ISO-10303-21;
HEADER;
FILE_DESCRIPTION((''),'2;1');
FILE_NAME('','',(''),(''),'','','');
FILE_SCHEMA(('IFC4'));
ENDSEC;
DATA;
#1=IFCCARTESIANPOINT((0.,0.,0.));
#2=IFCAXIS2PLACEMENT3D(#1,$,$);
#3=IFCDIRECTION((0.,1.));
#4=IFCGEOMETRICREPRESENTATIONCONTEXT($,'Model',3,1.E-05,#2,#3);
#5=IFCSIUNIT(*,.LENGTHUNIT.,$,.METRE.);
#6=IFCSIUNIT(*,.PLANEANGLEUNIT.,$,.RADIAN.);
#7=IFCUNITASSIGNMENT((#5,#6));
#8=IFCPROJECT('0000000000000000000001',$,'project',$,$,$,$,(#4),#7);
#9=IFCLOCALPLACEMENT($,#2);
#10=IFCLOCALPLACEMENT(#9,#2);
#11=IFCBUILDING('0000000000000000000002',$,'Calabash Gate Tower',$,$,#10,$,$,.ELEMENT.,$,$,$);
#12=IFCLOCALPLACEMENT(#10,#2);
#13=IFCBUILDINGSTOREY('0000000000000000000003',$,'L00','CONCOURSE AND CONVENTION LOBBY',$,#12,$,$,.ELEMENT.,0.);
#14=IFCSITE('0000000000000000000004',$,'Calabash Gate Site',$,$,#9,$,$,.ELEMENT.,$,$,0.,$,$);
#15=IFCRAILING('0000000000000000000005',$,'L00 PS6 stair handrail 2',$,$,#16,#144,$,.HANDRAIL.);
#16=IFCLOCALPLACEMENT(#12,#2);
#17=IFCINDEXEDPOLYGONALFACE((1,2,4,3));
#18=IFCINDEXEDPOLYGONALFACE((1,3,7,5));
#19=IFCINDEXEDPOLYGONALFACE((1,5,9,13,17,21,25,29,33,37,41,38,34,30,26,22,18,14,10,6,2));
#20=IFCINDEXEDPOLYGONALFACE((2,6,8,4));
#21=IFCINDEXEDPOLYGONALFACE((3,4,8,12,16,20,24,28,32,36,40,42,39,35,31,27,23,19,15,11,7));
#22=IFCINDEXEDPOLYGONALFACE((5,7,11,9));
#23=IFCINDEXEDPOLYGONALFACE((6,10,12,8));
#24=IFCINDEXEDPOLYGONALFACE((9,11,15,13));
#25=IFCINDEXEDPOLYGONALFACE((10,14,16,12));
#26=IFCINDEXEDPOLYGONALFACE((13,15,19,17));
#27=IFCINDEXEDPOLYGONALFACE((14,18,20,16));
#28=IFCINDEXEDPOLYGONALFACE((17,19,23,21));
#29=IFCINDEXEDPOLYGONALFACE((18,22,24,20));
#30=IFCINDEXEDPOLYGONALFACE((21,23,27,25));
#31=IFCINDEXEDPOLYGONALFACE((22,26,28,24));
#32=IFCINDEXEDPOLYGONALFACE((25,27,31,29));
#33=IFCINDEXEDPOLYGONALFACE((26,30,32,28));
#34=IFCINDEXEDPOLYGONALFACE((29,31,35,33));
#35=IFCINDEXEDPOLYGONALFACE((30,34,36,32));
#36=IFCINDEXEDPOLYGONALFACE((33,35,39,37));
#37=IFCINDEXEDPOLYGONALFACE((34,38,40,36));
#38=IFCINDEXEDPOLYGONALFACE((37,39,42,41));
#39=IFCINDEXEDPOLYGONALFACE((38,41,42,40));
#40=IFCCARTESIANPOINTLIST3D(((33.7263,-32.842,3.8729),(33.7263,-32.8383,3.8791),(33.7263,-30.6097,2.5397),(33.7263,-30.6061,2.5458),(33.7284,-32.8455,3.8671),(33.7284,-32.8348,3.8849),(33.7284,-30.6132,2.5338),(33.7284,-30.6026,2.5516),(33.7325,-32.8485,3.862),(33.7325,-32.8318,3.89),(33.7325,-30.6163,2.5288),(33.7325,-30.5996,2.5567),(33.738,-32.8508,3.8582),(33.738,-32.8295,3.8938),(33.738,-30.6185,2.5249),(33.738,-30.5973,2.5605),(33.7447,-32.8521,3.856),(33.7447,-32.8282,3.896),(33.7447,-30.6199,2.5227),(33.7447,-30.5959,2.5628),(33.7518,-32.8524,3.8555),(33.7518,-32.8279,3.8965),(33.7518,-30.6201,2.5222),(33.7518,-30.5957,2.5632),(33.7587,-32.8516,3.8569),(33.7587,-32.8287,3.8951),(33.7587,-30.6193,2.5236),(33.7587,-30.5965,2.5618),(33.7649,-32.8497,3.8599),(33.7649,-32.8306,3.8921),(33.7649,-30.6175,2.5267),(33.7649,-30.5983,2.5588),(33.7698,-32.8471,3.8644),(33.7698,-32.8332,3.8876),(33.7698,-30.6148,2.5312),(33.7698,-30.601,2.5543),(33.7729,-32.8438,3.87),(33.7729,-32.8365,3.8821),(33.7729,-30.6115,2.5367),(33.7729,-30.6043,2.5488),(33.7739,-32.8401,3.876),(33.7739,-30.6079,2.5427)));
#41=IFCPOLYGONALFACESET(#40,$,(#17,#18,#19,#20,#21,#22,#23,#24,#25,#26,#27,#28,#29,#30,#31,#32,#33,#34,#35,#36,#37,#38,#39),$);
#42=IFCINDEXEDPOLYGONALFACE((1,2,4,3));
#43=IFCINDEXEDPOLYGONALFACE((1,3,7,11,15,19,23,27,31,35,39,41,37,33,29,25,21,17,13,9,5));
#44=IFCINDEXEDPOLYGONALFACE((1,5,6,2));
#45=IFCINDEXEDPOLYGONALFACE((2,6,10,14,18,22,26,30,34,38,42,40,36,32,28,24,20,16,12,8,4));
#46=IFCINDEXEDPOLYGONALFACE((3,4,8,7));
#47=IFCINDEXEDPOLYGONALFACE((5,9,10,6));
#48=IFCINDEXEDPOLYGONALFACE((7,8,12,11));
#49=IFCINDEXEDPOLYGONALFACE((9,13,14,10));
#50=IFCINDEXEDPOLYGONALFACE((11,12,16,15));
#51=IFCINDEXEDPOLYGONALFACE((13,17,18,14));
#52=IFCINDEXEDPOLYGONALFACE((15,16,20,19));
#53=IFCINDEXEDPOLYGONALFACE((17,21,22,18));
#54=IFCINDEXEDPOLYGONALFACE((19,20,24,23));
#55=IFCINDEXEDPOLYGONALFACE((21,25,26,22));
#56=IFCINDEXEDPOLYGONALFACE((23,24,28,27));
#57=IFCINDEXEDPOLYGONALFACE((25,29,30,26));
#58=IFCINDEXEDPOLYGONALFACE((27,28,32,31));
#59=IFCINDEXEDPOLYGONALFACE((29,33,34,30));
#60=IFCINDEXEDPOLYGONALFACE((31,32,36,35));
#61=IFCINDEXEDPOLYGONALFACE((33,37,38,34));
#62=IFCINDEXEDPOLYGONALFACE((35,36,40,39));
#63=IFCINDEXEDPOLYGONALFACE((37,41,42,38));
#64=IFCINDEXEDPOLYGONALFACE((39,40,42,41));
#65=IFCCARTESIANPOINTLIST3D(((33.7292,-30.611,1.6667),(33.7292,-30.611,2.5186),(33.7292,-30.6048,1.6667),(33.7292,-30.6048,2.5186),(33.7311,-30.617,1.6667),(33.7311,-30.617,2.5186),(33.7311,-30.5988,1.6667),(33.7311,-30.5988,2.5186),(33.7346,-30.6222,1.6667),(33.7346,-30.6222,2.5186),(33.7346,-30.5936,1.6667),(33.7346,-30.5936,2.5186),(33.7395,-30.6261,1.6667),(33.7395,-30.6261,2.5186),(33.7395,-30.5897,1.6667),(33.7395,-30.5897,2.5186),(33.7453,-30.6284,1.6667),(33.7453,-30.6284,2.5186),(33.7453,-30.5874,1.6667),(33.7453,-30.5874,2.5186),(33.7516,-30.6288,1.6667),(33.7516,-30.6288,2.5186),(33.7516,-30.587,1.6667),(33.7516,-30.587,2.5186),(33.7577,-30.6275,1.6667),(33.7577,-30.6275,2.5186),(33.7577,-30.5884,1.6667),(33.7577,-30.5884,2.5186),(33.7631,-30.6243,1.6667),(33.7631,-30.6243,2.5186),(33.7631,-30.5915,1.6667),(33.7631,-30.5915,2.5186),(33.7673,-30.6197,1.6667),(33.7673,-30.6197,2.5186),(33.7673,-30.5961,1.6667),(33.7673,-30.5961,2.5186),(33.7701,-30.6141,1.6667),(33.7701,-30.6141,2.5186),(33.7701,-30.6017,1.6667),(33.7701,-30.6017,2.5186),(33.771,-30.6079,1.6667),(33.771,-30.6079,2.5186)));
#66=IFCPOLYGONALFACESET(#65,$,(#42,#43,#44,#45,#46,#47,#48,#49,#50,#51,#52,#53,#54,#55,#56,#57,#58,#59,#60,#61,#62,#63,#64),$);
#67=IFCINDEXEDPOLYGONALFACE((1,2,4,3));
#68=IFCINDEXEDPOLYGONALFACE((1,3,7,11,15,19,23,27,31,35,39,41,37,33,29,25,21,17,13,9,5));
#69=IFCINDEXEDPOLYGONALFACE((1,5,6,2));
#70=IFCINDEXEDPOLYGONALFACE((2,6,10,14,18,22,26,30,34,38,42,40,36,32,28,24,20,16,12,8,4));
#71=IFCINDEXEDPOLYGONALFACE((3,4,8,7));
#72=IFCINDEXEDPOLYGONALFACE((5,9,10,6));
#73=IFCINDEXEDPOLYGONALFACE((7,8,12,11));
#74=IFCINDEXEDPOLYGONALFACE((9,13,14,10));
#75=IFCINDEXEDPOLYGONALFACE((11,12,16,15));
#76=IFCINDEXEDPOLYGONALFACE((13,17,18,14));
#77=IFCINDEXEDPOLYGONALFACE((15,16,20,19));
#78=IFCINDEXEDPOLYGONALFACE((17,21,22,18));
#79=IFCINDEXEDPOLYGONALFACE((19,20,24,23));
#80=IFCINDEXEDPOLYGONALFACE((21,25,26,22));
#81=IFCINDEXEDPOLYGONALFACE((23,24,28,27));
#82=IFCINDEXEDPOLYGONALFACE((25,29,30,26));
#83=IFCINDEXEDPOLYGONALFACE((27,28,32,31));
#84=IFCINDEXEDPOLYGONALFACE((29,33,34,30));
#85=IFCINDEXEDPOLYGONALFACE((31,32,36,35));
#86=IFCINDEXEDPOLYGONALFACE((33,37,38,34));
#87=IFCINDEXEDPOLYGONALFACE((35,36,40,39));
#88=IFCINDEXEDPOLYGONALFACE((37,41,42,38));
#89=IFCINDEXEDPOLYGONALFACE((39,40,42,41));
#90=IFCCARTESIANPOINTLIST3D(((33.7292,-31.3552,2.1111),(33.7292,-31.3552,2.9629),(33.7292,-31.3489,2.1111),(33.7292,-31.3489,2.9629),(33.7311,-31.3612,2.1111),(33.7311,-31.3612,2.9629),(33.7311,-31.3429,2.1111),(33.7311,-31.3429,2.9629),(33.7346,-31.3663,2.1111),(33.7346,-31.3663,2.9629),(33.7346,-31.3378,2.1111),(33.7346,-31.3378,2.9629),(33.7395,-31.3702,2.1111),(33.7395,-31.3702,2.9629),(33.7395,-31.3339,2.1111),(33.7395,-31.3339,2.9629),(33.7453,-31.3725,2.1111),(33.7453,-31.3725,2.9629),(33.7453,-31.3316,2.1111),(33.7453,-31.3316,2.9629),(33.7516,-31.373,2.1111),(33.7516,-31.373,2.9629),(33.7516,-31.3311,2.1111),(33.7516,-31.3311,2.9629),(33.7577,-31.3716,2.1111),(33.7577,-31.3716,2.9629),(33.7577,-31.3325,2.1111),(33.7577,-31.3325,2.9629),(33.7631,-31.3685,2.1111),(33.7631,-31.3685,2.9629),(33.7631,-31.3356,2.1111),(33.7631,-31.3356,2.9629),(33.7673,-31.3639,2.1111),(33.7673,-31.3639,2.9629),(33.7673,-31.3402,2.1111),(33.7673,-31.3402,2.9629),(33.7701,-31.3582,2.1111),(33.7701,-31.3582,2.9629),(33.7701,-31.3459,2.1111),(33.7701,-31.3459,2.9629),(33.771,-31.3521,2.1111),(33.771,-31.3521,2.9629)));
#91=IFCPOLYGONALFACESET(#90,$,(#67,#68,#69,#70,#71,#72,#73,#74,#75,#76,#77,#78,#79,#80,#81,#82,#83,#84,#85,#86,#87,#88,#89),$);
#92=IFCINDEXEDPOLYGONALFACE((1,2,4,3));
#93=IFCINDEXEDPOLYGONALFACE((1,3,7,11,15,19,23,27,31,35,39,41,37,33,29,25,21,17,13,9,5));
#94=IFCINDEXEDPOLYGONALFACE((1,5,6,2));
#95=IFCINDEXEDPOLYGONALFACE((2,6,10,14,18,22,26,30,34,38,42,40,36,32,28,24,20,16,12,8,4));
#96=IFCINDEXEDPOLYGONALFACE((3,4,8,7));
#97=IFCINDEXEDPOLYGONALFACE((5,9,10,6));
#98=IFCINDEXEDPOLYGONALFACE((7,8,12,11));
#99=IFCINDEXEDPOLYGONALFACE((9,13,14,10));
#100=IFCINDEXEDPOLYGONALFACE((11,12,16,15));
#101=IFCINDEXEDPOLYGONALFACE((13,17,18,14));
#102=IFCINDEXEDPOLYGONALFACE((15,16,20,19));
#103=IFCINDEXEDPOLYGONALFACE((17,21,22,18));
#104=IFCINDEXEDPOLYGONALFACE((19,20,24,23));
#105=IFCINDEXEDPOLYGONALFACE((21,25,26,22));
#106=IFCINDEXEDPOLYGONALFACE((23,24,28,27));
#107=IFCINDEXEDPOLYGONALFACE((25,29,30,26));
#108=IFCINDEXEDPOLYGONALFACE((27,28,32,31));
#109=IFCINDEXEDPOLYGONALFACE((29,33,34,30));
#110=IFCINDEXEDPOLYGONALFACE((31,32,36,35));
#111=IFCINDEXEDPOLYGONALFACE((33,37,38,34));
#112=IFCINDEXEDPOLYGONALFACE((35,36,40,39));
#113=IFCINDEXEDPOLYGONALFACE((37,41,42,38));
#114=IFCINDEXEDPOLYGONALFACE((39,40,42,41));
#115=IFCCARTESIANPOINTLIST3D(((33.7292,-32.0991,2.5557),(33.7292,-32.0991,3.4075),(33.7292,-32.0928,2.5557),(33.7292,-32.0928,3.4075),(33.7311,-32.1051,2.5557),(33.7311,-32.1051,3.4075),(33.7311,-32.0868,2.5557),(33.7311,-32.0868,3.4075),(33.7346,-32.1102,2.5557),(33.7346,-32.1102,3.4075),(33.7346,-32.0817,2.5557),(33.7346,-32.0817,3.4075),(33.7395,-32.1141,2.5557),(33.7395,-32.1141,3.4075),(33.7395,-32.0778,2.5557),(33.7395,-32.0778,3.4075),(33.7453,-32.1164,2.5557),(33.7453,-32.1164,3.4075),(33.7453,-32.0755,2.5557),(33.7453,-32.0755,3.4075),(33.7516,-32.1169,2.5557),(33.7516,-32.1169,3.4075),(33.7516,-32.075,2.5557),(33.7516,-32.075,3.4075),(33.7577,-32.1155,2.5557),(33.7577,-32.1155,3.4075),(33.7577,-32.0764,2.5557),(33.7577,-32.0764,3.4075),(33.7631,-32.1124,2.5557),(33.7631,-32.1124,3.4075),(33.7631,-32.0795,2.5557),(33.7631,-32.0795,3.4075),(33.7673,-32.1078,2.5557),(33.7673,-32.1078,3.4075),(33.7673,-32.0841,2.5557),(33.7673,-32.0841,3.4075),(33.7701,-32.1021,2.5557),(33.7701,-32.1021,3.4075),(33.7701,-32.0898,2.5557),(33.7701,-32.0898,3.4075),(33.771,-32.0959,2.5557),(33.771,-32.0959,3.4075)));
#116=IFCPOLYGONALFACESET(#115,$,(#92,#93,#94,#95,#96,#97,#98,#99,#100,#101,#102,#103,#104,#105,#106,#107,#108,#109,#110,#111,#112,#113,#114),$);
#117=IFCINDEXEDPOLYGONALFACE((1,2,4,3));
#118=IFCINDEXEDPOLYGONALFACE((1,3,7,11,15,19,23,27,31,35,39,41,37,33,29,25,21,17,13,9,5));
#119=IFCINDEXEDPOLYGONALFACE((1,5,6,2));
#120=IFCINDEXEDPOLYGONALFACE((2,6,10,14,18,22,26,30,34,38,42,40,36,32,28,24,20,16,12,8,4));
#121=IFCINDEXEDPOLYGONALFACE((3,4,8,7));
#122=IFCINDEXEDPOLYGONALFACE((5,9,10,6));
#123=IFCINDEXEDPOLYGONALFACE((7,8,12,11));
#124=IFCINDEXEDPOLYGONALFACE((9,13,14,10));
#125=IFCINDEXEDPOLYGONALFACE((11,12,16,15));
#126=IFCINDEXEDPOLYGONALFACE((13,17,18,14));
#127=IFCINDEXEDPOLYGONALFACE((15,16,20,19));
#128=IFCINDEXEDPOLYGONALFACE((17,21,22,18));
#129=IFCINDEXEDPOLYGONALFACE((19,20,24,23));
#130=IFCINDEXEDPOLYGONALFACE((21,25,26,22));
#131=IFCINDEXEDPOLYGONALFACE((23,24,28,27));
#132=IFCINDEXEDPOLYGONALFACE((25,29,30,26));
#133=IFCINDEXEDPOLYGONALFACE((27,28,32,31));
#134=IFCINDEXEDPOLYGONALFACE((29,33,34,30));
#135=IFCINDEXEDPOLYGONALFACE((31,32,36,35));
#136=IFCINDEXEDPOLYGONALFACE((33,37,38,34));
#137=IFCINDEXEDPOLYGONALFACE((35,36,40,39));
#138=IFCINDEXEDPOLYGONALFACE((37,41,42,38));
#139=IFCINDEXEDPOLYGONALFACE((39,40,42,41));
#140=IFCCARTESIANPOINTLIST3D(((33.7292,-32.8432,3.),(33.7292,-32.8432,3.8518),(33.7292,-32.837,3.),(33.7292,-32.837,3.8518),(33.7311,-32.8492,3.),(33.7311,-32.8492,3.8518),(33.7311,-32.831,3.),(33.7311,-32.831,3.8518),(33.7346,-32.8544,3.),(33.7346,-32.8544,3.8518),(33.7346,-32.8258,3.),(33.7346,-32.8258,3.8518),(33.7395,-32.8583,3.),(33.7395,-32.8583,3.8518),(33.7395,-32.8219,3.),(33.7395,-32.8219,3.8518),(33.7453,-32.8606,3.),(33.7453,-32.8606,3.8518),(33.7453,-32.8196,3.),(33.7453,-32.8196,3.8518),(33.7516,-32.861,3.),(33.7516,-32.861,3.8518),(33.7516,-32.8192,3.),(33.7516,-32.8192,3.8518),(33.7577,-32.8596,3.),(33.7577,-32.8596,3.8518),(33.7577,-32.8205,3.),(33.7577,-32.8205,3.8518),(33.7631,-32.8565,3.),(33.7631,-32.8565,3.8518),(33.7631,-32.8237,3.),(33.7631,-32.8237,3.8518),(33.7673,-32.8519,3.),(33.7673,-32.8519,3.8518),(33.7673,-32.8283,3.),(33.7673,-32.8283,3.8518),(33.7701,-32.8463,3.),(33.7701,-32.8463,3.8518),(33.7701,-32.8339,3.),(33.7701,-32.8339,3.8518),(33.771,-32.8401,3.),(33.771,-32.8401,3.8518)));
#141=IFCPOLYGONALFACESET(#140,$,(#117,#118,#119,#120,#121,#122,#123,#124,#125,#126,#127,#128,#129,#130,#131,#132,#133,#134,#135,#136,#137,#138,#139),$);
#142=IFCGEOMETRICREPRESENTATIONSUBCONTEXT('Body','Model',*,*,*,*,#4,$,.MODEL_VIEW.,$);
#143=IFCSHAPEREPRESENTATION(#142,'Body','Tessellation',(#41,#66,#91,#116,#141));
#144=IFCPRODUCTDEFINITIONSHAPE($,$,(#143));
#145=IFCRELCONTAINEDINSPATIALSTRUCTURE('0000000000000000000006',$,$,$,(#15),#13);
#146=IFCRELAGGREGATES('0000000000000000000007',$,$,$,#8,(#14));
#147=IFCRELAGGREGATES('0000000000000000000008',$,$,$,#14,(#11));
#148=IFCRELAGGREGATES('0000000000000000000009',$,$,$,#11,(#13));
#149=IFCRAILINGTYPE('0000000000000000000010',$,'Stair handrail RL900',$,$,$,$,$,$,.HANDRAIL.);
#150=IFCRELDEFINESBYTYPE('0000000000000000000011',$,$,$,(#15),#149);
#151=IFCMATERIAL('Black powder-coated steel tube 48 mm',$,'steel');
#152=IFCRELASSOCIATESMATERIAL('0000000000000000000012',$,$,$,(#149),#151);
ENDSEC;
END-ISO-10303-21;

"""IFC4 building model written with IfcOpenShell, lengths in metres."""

from ifc_helpers import new_model, si_unit, direction, frame, origin, origin_2d, place, context, subcontext, project, spatial, circle, extrude, material, type_object, element, save


model = new_model("IFC4")

# Units and contexts
model_context = context("Model", 3, precision=1e-05, world=origin(), true_north=direction((0.0, 1.0)))
body_context = subcontext(model_context, "Body", "Model", "MODEL_VIEW")
ifc_project = project(units=[si_unit("LENGTHUNIT", "METRE"), si_unit("PLANEANGLEUNIT", "RADIAN")], contexts=[model_context])

# Site, building, storey
site_placement = place(None, origin())
site = spatial("IfcSite", under=ifc_project, at=site_placement, Name="Calabash Gate Site", CompositionType="ELEMENT", RefElevation=0.0)
building_placement = place(site_placement, origin())
building = spatial("IfcBuilding", under=site, at=building_placement, Name="Calabash Gate Tower", CompositionType="ELEMENT")
storey_placement = place(building_placement, origin())
storey = spatial("IfcBuildingStorey", under=building, at=storey_placement, Name="L00", Description="CONCOURSE AND CONVENTION LOBBY", CompositionType="ELEMENT", Elevation=0.0)

# Railing
ifc_material_1 = material(Name="Black powder-coated steel tube 48 mm", Category="steel")
railing_type_1 = type_object("IfcRailingType", Name="Stair handrail RL900", PredefinedType="HANDRAIL", material=ifc_material_1)
for number, where, name in (
    (1, (33.75, -30.6079, 1.6667), "L00 PS6 stair handrail 2"),
):
    element("IfcRailing", number, at=place(storey_placement, frame(where)), inside=storey, type_object=railing_type_1, Name=name, PredefinedType="HANDRAIL", context=body_context, shape_type="SweptSolid", body=[
        extrude(circle(Radius=0.0239, at=origin_2d()), frame((0.0, 0.0, 0.876), z_axis=(0.0, -0.858519, 0.512782), x_axis=(1.0, 0.0, 0.0)), (0.0, 0.0, 1.0), 2.6001),
        extrude(circle(Radius=0.021, at=origin_2d()), origin(), (0.0, 0.0, 1.0), 0.8518),
        extrude(circle(Radius=0.021, at=origin_2d()), frame((0.0, -0.7441, 0.4443)), (0.0, 0.0, 1.0), 0.8518),
        extrude(circle(Radius=0.021, at=origin_2d()), frame((0.0, -1.488, 0.8889)), (0.0, 0.0, 1.0), 0.8518),
        extrude(circle(Radius=0.021, at=origin_2d()), frame((0.0, -2.2322, 1.3333)), (0.0, 0.0, 1.0), 0.8518),
    ])

save(model, "model.ifc")
